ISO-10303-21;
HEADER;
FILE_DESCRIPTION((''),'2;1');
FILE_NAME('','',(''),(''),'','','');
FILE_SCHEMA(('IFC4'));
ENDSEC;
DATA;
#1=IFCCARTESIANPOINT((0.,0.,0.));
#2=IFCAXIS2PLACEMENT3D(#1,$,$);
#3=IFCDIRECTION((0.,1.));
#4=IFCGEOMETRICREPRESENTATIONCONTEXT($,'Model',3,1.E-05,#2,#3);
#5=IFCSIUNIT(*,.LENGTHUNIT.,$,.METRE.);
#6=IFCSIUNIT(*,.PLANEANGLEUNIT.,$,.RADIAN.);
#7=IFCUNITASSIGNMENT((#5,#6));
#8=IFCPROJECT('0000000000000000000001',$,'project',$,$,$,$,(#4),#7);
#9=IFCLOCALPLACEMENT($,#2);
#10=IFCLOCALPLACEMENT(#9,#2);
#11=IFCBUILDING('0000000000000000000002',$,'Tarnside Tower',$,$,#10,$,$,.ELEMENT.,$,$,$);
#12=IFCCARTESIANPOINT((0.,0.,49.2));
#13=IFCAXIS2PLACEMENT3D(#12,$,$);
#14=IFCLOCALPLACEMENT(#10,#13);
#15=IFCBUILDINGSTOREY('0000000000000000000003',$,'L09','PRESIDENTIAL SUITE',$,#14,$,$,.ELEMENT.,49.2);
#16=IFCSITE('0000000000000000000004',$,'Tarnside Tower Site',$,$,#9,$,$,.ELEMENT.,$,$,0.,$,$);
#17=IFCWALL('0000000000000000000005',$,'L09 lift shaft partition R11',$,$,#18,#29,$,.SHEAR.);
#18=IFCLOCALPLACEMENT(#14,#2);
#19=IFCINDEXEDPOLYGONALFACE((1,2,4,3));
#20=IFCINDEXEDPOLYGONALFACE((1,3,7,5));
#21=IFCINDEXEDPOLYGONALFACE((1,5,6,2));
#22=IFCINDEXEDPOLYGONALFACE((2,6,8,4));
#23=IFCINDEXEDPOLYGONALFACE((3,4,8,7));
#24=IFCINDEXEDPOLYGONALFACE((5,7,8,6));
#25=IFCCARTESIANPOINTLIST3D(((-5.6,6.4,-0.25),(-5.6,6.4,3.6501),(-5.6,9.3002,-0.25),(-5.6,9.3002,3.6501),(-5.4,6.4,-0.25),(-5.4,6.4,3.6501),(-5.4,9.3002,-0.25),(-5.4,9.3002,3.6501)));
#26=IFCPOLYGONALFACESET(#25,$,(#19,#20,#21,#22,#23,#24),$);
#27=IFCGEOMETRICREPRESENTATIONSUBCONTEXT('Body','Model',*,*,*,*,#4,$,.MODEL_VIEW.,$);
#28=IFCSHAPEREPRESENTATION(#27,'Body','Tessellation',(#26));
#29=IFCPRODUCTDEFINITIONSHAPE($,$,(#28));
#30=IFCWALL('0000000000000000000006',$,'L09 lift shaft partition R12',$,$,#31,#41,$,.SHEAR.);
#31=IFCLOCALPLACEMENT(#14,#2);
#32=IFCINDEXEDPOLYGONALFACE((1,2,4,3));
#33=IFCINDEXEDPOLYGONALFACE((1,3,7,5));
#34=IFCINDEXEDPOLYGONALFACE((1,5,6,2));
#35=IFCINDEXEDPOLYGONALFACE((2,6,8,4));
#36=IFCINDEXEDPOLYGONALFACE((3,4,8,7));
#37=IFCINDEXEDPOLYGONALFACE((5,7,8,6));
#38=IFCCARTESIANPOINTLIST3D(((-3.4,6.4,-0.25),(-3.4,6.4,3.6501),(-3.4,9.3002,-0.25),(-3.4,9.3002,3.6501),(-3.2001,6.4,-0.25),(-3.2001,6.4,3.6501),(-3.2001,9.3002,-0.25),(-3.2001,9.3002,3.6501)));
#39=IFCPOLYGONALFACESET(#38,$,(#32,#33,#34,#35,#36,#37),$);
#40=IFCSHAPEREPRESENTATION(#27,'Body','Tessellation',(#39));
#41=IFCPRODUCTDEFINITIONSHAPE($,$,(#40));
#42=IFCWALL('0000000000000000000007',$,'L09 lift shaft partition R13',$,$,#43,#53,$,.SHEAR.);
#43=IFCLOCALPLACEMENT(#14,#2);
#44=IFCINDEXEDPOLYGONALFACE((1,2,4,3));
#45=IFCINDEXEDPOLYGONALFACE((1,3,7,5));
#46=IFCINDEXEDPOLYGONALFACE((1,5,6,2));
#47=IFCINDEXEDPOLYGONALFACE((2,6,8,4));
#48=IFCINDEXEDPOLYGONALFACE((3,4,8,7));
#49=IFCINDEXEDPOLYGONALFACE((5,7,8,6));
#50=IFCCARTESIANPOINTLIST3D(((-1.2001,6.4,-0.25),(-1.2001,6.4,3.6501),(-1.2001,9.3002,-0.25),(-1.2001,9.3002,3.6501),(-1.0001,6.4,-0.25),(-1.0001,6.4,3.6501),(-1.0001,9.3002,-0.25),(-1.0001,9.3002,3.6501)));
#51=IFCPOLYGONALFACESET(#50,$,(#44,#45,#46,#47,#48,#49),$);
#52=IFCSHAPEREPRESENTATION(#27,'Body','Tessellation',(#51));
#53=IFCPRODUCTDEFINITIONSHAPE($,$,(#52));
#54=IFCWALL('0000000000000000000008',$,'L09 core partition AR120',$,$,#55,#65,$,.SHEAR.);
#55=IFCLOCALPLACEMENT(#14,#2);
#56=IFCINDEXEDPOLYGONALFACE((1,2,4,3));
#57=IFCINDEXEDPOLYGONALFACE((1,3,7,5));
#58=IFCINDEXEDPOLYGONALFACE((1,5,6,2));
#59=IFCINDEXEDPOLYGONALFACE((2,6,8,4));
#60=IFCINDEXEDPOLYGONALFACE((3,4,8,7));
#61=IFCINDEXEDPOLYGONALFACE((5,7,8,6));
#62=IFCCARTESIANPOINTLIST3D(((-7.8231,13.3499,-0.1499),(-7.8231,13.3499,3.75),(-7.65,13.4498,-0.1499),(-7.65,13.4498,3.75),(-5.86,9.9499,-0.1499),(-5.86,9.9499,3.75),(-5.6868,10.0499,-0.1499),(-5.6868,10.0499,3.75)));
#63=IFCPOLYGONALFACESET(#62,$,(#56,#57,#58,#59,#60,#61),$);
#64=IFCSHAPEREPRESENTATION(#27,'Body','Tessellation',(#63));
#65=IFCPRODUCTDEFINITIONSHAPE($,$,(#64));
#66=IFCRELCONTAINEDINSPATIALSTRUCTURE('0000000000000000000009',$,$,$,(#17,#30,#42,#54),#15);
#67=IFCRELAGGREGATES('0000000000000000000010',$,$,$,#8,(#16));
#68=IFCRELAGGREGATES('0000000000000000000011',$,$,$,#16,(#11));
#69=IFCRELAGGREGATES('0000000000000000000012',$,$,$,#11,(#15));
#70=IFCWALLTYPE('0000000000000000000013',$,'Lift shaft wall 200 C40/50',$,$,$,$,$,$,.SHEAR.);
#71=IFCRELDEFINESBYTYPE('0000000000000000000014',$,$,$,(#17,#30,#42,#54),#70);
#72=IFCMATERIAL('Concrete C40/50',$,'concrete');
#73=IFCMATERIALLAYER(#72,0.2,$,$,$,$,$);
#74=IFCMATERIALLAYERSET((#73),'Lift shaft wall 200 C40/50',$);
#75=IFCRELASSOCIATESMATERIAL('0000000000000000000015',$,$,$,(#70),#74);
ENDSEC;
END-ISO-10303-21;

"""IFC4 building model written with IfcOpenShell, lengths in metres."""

from ifc_helpers import new_model, si_unit, direction, frame, frame_2d, origin, place, context, subcontext, project, spatial, rectangle, extrude, material, layer, layer_set, type_object, element, save


model = new_model("IFC4")

# Units and contexts
model_context = context("Model", 3, precision=1e-05, world=origin(), true_north=direction((0.0, 1.0)))
body_context = subcontext(model_context, "Body", "Model", "MODEL_VIEW")
ifc_project = project(units=[si_unit("LENGTHUNIT", "METRE"), si_unit("PLANEANGLEUNIT", "RADIAN")], contexts=[model_context])

# Site, building, storey
site_placement = place(None, origin())
site = spatial("IfcSite", under=ifc_project, at=site_placement, Name="Tarnside Tower Site", CompositionType="ELEMENT", RefElevation=0.0)
building_placement = place(site_placement, origin())
building = spatial("IfcBuilding", under=site, at=building_placement, Name="Tarnside Tower", CompositionType="ELEMENT")
storey_placement = place(building_placement, frame((0.0, 0.0, 49.2)))
storey = spatial("IfcBuildingStorey", under=building, at=storey_placement, Name="L09", Description="PRESIDENTIAL SUITE", CompositionType="ELEMENT", Elevation=49.2)

# Shared definitions
ifc_material_1 = material(Name="Concrete C40/50", Category="concrete")
ifc_layer_1 = layer(ifc_material_1, 0.2)
ifc_layer_set_1 = layer_set([ifc_layer_1], Name="Lift shaft wall 200 C40/50")
wall_type_1 = type_object("IfcWallType", Name="Lift shaft wall 200 C40/50", PredefinedType="SHEAR", material=ifc_layer_set_1)

# Walls
for number, where, z_axis, x_axis, name in (
    (1, (-5.5, 6.3999, -0.25), (0.0, 0.0, 1.0), (0.0, 1.0, 0.0), "L09 lift shaft partition R11"),
    (2, (-3.3, 6.3999, -0.25), (0.0, 0.0, 1.0), (0.0, 1.0, 0.0), "L09 lift shaft partition R12"),
    (3, (-1.1001, 6.3999, -0.25), (0.0, 0.0, 1.0), (0.0, 1.0, 0.0), "L09 lift shaft partition R13"),
):
    element("IfcWall", number, at=place(storey_placement, frame(where, z_axis=z_axis, x_axis=x_axis)), inside=storey, type_object=wall_type_1, Name=name, PredefinedType="SHEAR", context=body_context, shape_type="SweptSolid", body=[
        extrude(rectangle(XDim=2.9001, YDim=0.2, at=frame_2d((1.4502, 0.0))), origin(), (0.0, 0.0, 1.0), 3.9001),
    ])
wall_1_placement = place(storey_placement, frame((-5.7734, 10.0, -0.1499), z_axis=(0.0, 0.0, 1.0), x_axis=(-0.500038, 0.866003, 0.0)))
element("IfcWall", 4, at=wall_1_placement, inside=storey, type_object=wall_type_1, Name="L09 core partition AR120", PredefinedType="SHEAR", context=body_context, shape_type="SweptSolid", body=[
    extrude(rectangle(XDim=3.926, YDim=0.2, at=frame_2d((1.9629, 0.0))), origin(), (0.0, 0.0, 1.0), 3.8999),
])

save(model, "model.ifc")
